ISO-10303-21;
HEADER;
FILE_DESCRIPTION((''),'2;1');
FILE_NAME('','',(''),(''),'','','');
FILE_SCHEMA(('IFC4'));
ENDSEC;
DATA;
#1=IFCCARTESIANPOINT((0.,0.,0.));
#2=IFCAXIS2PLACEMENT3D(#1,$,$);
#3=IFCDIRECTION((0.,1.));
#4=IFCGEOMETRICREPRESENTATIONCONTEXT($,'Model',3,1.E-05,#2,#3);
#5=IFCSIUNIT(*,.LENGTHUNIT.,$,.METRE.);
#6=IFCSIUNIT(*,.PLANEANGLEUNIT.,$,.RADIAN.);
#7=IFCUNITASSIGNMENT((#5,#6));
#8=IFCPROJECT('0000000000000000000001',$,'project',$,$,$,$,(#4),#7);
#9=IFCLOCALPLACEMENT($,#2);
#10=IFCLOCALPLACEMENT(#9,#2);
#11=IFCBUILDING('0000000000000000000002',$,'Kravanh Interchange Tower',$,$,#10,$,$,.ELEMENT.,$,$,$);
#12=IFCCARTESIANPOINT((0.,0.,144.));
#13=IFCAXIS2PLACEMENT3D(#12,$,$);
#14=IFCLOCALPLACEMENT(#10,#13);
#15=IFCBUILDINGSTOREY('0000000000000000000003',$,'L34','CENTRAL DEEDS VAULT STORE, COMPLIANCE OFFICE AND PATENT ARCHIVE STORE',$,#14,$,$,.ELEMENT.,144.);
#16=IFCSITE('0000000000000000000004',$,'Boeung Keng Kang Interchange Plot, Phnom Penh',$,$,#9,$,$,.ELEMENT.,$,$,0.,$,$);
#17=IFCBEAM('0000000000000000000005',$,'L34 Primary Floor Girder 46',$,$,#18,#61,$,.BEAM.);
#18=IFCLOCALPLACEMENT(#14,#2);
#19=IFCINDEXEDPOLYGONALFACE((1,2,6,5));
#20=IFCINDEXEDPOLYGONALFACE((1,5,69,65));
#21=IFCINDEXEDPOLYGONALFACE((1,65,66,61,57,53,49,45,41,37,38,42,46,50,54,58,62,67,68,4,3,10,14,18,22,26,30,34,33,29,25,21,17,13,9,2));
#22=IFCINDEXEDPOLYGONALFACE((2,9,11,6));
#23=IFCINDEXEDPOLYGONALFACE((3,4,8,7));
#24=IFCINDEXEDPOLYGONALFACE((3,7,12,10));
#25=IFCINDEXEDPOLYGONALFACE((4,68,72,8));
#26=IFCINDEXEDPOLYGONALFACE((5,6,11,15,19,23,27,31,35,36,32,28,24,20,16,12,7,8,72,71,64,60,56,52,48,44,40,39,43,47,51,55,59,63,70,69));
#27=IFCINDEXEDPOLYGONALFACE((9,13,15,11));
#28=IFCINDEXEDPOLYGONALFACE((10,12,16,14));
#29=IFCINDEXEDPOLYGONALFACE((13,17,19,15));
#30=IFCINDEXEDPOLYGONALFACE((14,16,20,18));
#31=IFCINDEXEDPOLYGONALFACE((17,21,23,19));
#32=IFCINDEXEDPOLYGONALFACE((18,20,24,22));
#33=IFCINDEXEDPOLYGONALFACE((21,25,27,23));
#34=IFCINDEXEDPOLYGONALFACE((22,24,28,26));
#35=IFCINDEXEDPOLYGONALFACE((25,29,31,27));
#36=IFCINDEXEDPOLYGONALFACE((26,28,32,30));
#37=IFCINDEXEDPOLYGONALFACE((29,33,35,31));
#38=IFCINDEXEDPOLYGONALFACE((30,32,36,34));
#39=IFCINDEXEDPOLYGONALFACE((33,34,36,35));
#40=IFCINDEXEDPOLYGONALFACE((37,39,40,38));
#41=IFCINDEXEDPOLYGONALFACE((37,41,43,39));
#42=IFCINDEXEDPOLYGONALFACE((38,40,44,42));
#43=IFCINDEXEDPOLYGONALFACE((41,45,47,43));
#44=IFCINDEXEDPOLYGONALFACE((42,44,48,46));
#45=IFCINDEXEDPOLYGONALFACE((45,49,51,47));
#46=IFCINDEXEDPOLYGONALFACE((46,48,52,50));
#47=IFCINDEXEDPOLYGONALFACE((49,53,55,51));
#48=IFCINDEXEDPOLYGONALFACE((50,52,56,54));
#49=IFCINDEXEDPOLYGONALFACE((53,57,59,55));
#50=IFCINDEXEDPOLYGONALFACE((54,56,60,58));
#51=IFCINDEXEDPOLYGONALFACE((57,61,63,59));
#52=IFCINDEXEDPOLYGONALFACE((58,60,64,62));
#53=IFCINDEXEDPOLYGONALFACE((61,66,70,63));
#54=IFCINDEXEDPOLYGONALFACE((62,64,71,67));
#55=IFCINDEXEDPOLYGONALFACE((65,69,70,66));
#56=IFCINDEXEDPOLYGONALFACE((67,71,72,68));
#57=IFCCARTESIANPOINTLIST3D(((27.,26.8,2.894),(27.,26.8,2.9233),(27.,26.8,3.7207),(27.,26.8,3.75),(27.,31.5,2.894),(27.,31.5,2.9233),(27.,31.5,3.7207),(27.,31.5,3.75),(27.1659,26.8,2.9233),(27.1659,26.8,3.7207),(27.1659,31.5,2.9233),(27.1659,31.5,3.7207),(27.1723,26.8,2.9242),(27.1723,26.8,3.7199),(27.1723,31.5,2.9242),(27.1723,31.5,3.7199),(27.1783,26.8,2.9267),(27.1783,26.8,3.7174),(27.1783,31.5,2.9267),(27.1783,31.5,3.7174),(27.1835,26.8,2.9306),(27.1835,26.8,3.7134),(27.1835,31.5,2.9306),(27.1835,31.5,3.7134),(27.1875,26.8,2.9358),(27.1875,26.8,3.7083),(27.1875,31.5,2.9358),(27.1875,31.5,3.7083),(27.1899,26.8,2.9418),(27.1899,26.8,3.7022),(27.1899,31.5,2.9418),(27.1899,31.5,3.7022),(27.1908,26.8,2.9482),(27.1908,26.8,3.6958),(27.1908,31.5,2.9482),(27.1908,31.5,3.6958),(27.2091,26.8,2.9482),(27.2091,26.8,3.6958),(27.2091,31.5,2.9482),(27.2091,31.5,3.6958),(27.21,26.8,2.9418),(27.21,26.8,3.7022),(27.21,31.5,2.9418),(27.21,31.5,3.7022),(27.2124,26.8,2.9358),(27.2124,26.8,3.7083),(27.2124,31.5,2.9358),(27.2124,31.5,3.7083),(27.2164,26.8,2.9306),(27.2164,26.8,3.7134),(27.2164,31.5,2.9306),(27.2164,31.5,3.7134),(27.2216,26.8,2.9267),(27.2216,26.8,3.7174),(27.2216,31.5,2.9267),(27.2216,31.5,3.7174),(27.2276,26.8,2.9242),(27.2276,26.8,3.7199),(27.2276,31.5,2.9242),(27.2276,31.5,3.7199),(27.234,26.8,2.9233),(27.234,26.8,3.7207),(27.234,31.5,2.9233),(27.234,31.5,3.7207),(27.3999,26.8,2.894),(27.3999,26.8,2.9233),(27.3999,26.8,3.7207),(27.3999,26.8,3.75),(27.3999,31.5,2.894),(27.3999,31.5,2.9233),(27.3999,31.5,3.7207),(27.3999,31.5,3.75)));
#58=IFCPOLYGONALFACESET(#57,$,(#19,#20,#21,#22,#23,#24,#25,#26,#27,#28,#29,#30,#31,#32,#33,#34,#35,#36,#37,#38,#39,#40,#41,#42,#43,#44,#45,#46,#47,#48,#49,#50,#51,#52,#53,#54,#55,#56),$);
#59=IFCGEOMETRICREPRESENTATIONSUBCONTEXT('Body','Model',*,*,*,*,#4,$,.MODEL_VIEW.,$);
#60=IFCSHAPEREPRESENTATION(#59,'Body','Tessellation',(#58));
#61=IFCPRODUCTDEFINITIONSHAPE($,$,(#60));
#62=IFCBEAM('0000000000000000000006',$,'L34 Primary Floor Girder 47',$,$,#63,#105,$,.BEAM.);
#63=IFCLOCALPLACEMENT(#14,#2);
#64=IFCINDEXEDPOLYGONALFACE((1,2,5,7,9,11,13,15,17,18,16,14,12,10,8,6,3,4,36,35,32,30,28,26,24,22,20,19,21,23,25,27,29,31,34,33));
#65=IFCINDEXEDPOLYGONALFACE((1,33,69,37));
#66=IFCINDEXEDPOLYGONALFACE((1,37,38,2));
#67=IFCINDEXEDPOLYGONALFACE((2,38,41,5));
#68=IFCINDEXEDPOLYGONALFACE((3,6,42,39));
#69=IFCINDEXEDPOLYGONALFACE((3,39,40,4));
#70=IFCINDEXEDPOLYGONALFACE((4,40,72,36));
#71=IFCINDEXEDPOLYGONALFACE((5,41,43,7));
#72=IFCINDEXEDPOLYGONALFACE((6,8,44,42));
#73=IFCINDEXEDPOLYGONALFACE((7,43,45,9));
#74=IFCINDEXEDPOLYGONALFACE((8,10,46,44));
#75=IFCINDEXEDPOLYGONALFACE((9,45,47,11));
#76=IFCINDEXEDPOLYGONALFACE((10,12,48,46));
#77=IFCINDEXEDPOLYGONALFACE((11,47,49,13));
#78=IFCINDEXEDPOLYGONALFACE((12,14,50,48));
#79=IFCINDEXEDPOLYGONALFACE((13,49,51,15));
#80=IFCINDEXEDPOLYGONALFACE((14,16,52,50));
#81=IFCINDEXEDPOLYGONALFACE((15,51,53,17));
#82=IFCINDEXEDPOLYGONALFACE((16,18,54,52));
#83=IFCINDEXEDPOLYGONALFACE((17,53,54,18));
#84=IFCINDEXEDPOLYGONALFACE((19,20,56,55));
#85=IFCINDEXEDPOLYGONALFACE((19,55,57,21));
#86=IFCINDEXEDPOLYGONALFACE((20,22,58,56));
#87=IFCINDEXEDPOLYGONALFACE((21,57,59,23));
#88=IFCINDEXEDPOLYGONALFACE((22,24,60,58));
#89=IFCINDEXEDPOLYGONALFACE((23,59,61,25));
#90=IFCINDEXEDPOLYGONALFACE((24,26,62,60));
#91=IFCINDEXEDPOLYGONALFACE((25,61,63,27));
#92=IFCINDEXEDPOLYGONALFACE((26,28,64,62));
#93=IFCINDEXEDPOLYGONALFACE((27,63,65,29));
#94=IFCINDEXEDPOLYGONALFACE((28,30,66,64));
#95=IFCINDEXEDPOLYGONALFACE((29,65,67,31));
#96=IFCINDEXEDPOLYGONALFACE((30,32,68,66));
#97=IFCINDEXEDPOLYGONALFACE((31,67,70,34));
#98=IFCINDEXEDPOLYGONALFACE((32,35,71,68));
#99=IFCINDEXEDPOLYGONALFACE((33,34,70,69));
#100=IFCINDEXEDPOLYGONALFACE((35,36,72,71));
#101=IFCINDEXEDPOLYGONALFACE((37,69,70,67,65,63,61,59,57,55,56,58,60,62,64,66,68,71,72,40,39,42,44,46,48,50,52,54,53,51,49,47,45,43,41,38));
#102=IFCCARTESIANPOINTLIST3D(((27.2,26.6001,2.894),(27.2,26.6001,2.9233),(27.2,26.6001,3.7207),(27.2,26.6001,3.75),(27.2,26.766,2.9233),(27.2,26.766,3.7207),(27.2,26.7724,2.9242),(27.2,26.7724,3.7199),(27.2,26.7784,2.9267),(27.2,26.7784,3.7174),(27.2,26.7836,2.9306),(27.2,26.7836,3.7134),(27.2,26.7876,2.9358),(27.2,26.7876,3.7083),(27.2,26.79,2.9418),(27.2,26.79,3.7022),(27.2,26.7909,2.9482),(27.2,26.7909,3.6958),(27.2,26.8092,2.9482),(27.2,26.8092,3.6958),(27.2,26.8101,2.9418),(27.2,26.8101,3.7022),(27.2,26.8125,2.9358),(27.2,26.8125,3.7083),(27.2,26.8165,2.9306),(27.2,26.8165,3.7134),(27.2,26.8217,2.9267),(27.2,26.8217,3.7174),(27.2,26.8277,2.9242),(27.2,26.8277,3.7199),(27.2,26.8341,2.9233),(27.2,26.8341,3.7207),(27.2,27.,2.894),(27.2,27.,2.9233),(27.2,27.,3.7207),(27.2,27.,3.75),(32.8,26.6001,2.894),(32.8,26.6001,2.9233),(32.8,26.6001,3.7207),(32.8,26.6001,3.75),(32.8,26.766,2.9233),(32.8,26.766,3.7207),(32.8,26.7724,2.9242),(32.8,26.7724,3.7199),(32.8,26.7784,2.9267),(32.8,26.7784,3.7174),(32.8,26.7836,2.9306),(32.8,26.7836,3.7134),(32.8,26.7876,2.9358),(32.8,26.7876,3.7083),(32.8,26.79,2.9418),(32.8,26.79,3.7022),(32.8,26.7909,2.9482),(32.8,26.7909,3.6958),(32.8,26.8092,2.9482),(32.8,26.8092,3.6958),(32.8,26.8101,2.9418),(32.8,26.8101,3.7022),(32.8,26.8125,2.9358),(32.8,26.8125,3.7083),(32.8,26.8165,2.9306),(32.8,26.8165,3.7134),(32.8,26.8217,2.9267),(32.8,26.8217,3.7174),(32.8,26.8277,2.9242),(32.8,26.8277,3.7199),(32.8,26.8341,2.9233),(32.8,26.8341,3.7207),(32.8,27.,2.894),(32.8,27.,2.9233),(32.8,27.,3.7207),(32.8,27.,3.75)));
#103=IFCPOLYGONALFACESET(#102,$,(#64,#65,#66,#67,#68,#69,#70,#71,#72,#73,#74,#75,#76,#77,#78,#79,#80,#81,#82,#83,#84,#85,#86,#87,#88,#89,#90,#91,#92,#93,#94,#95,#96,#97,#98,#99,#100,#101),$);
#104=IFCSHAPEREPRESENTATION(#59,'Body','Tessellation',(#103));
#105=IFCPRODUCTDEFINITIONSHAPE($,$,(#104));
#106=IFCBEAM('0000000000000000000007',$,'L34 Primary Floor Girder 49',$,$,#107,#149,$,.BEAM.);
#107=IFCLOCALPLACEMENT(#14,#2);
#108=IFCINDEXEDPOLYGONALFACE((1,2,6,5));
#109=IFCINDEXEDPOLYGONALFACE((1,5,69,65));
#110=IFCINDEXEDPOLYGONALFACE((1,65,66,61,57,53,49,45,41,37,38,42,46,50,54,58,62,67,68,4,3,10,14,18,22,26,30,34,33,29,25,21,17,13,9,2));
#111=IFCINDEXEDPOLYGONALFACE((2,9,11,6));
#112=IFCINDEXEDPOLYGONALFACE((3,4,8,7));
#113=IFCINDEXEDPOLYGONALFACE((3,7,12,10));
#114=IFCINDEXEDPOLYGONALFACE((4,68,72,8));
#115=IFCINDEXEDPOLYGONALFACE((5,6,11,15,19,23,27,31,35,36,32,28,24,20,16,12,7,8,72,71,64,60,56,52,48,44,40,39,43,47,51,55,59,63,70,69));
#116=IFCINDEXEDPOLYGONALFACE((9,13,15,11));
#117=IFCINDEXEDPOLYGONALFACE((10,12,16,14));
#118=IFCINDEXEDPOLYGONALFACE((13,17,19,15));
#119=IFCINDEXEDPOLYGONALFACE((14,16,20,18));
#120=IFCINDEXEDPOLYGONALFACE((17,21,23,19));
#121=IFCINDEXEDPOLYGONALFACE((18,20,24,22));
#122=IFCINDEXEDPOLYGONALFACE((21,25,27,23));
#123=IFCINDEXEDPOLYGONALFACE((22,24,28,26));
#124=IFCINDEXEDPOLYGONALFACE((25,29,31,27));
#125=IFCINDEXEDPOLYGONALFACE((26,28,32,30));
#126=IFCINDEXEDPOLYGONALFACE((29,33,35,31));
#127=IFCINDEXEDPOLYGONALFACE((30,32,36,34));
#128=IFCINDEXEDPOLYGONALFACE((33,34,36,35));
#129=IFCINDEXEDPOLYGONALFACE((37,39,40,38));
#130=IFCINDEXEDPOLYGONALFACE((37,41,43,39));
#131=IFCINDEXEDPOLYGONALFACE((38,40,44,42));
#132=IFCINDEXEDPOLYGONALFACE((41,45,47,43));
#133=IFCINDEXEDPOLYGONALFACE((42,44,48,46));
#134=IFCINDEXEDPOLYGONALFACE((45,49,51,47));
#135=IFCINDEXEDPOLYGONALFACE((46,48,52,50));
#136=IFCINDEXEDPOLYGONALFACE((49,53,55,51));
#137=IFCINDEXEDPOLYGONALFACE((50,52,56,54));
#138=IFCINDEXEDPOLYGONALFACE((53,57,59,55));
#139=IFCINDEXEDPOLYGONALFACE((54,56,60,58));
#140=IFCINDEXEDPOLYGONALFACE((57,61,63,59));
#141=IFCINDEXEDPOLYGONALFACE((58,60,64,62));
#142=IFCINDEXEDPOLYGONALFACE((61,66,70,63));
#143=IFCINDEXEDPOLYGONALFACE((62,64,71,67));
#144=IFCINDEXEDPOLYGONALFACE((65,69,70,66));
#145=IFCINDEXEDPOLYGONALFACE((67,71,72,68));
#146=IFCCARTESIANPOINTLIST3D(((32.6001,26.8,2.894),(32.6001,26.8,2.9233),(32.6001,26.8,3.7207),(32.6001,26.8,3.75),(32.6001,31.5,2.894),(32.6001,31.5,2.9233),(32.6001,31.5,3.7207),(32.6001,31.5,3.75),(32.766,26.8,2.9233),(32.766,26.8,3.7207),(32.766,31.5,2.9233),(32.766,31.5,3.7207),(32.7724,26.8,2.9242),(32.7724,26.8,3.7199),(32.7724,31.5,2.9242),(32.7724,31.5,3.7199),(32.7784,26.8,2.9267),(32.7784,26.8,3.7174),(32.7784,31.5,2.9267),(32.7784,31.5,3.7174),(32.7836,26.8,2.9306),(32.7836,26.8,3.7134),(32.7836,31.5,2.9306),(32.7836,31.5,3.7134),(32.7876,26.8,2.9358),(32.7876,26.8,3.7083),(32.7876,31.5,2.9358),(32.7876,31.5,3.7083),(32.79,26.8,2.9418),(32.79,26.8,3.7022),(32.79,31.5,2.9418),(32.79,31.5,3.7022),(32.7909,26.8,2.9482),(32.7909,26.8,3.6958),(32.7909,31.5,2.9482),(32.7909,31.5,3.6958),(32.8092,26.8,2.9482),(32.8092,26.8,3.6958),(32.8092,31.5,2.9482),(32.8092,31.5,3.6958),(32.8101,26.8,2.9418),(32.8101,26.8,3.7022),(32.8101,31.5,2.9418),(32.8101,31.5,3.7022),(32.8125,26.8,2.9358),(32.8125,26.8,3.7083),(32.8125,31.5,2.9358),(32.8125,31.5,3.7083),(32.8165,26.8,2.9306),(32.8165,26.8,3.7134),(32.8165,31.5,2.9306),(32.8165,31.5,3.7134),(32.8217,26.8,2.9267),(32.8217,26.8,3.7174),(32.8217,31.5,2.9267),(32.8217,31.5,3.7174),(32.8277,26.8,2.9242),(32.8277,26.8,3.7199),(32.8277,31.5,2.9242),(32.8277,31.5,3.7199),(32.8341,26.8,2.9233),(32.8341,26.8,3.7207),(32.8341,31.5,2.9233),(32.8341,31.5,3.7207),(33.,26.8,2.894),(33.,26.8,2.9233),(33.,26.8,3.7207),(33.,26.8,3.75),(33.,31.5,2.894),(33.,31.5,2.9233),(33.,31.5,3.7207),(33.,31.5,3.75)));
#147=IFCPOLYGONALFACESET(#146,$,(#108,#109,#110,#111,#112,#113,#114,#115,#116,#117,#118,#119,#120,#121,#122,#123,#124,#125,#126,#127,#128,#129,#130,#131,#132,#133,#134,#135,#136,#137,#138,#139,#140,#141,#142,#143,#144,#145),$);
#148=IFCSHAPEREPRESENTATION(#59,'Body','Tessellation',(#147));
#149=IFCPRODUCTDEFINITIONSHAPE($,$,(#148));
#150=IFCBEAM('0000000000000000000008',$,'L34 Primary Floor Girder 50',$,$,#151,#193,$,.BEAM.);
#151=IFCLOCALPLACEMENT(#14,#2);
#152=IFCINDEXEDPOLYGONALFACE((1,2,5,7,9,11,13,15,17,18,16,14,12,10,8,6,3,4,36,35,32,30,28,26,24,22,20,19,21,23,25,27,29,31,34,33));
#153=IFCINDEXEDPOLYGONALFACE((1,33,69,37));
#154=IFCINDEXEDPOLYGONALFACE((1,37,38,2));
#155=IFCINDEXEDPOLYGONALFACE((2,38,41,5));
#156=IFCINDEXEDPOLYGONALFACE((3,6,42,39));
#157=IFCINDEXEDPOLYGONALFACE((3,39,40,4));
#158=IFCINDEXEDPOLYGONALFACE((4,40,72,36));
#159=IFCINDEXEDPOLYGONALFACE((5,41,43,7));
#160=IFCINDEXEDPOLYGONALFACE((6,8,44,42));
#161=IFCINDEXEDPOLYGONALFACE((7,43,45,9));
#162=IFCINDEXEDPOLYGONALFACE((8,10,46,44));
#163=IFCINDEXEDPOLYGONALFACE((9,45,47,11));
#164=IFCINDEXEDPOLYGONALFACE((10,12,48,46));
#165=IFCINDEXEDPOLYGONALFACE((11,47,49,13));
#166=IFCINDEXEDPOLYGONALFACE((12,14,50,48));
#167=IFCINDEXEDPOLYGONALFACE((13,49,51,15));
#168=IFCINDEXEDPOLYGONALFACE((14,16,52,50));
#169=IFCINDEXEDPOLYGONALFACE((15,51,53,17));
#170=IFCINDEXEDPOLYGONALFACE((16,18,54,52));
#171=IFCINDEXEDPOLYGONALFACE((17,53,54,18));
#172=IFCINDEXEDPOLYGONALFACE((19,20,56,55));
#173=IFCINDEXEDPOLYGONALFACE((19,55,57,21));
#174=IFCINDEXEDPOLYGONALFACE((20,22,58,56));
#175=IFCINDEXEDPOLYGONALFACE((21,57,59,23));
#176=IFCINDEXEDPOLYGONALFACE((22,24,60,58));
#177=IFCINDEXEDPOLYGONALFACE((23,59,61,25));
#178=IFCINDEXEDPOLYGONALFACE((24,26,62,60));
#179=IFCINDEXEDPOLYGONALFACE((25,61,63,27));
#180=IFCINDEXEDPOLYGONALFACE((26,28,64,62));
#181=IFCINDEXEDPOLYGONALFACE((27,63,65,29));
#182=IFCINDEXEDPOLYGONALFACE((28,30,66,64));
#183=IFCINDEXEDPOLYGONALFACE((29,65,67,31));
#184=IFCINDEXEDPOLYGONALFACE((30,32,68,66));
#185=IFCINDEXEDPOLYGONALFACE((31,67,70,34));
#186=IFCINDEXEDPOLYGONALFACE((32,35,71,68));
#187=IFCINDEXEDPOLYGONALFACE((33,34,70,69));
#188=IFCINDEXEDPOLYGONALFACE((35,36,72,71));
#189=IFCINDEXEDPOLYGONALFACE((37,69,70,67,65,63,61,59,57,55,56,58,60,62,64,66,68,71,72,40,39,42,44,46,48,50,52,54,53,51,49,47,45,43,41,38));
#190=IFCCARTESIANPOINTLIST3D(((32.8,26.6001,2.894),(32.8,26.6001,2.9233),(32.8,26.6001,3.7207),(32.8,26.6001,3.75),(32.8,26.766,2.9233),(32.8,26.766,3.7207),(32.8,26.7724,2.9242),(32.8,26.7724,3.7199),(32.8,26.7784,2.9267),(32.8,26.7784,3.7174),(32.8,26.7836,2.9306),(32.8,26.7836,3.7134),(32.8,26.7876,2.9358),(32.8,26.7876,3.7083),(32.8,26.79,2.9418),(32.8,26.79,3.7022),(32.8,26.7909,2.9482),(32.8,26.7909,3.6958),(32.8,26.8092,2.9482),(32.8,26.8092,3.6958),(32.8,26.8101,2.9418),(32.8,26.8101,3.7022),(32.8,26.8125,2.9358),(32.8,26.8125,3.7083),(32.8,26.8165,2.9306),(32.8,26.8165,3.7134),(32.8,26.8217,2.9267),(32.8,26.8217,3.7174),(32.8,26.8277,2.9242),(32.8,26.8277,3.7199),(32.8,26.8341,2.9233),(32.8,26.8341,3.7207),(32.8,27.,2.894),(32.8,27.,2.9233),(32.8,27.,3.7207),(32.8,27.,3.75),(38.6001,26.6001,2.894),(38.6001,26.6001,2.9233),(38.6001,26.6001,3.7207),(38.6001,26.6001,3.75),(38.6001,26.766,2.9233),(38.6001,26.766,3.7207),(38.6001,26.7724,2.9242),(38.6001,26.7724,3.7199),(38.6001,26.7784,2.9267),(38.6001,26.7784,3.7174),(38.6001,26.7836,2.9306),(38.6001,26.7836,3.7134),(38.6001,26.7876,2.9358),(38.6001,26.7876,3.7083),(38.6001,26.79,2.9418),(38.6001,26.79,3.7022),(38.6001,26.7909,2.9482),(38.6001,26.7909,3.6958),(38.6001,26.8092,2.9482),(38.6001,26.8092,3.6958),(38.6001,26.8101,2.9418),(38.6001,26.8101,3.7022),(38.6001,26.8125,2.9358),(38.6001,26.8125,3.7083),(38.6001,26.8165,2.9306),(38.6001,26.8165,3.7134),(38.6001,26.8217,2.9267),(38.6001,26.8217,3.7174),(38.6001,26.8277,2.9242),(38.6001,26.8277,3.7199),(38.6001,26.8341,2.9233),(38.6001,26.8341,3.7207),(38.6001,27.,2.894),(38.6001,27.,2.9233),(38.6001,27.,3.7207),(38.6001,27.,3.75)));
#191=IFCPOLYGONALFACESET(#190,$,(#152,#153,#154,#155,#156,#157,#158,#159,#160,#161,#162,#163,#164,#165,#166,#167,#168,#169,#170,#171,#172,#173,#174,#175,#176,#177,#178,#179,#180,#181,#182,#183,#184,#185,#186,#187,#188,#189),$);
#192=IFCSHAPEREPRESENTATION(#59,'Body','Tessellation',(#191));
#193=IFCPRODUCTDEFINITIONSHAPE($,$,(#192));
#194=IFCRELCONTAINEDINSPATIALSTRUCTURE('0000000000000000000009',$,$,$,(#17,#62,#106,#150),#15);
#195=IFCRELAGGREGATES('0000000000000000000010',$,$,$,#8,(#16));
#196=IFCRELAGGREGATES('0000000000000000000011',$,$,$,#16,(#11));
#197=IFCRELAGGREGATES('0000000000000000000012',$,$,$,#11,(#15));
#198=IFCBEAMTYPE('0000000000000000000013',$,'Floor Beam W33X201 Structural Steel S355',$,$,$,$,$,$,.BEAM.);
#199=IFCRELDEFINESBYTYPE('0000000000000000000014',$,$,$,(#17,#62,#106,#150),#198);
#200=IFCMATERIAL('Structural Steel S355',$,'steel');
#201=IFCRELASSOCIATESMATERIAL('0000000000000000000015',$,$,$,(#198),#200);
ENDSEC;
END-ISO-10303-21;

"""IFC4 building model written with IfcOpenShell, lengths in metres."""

from ifc_helpers import new_model, si_unit, direction, frame, origin, origin_2d, place, context, subcontext, project, spatial, i_section, extrude, material, material_profile, profile_set, type_object, element, save


model = new_model("IFC4")

# Units and contexts
model_context = context("Model", 3, precision=1e-05, world=origin(), true_north=direction((0.0, 1.0)))
body_context = subcontext(model_context, "Body", "Model", "MODEL_VIEW")
ifc_project = project(units=[si_unit("LENGTHUNIT", "METRE"), si_unit("PLANEANGLEUNIT", "RADIAN")], contexts=[model_context])

# Site, building, storey
site_placement = place(None, origin())
site = spatial("IfcSite", under=ifc_project, at=site_placement, Name="Boeung Keng Kang Interchange Plot, Phnom Penh", CompositionType="ELEMENT", RefElevation=0.0)
building_placement = place(site_placement, origin())
building = spatial("IfcBuilding", under=site, at=building_placement, Name="Kravanh Interchange Tower", CompositionType="ELEMENT")
storey_placement = place(building_placement, frame((0.0, 0.0, 144.0)))
storey = spatial("IfcBuildingStorey", under=building, at=storey_placement, Name="L34", Description="CENTRAL DEEDS VAULT STORE, COMPLIANCE OFFICE AND PATENT ARCHIVE STORE", CompositionType="ELEMENT", Elevation=144.0)

# Beams
ifc_material_1 = material(Name="Structural Steel S355", Category="steel")
ifc_material_profile_1 = material_profile(ifc_material_1, i_section(OverallWidth=0.3999, OverallDepth=0.856, WebThickness=0.0183, FlangeThickness=0.0293, FilletRadius=0.0249, at=origin_2d()), Name="W33X201")
ifc_profile_set_1 = profile_set([ifc_material_profile_1], Name="Structural Steel S355")
beam_type_1 = type_object("IfcBeamType", Name="Floor Beam W33X201 Structural Steel S355", PredefinedType="BEAM", material=ifc_profile_set_1)
beam_1_placement = place(storey_placement, frame((27.2, 26.8, 3.322), z_axis=(0.0, 1.0, 0.0), x_axis=(-1.0, 0.0, 0.0)))
element("IfcBeam", 1, at=beam_1_placement, inside=storey, type_object=beam_type_1, Name="L34 Primary Floor Girder 46", PredefinedType="BEAM", context=body_context, shape_type="SweptSolid", body=[
    extrude(i_section(OverallWidth=0.3999, OverallDepth=0.856, WebThickness=0.0183, FlangeThickness=0.0293, FilletRadius=0.0249, at=origin_2d()), origin(), (0.0, 0.0, 1.0), 4.7),
])
beam_2_placement = place(storey_placement, frame((27.2, 26.8, 3.322), z_axis=(1.0, 0.0, 0.0), x_axis=(0.0, 1.0, 0.0)))
element("IfcBeam", 2, at=beam_2_placement, inside=storey, type_object=beam_type_1, Name="L34 Primary Floor Girder 47", PredefinedType="BEAM", context=body_context, shape_type="SweptSolid", body=[
    extrude(i_section(OverallWidth=0.3999, OverallDepth=0.856, WebThickness=0.0183, FlangeThickness=0.0293, FilletRadius=0.0249, at=origin_2d()), origin(), (0.0, 0.0, 1.0), 5.6001),
])
beam_3_placement = place(storey_placement, frame((32.8, 26.8, 3.322), z_axis=(0.0, 1.0, 0.0), x_axis=(-1.0, 0.0, 0.0)))
element("IfcBeam", 3, at=beam_3_placement, inside=storey, type_object=beam_type_1, Name="L34 Primary Floor Girder 49", PredefinedType="BEAM", context=body_context, shape_type="SweptSolid", body=[
    extrude(i_section(OverallWidth=0.3999, OverallDepth=0.856, WebThickness=0.0183, FlangeThickness=0.0293, FilletRadius=0.0249, at=origin_2d()), origin(), (0.0, 0.0, 1.0), 4.7),
])
beam_4_placement = place(storey_placement, frame((32.8, 26.8, 3.322), z_axis=(1.0, 0.0, 0.0), x_axis=(0.0, 1.0, 0.0)))
element("IfcBeam", 4, at=beam_4_placement, inside=storey, type_object=beam_type_1, Name="L34 Primary Floor Girder 50", PredefinedType="BEAM", context=body_context, shape_type="SweptSolid", body=[
    extrude(i_section(OverallWidth=0.3999, OverallDepth=0.856, WebThickness=0.0183, FlangeThickness=0.0293, FilletRadius=0.0249, at=origin_2d()), origin(), (0.0, 0.0, 1.0), 5.8),
])

save(model, "model.ifc")
